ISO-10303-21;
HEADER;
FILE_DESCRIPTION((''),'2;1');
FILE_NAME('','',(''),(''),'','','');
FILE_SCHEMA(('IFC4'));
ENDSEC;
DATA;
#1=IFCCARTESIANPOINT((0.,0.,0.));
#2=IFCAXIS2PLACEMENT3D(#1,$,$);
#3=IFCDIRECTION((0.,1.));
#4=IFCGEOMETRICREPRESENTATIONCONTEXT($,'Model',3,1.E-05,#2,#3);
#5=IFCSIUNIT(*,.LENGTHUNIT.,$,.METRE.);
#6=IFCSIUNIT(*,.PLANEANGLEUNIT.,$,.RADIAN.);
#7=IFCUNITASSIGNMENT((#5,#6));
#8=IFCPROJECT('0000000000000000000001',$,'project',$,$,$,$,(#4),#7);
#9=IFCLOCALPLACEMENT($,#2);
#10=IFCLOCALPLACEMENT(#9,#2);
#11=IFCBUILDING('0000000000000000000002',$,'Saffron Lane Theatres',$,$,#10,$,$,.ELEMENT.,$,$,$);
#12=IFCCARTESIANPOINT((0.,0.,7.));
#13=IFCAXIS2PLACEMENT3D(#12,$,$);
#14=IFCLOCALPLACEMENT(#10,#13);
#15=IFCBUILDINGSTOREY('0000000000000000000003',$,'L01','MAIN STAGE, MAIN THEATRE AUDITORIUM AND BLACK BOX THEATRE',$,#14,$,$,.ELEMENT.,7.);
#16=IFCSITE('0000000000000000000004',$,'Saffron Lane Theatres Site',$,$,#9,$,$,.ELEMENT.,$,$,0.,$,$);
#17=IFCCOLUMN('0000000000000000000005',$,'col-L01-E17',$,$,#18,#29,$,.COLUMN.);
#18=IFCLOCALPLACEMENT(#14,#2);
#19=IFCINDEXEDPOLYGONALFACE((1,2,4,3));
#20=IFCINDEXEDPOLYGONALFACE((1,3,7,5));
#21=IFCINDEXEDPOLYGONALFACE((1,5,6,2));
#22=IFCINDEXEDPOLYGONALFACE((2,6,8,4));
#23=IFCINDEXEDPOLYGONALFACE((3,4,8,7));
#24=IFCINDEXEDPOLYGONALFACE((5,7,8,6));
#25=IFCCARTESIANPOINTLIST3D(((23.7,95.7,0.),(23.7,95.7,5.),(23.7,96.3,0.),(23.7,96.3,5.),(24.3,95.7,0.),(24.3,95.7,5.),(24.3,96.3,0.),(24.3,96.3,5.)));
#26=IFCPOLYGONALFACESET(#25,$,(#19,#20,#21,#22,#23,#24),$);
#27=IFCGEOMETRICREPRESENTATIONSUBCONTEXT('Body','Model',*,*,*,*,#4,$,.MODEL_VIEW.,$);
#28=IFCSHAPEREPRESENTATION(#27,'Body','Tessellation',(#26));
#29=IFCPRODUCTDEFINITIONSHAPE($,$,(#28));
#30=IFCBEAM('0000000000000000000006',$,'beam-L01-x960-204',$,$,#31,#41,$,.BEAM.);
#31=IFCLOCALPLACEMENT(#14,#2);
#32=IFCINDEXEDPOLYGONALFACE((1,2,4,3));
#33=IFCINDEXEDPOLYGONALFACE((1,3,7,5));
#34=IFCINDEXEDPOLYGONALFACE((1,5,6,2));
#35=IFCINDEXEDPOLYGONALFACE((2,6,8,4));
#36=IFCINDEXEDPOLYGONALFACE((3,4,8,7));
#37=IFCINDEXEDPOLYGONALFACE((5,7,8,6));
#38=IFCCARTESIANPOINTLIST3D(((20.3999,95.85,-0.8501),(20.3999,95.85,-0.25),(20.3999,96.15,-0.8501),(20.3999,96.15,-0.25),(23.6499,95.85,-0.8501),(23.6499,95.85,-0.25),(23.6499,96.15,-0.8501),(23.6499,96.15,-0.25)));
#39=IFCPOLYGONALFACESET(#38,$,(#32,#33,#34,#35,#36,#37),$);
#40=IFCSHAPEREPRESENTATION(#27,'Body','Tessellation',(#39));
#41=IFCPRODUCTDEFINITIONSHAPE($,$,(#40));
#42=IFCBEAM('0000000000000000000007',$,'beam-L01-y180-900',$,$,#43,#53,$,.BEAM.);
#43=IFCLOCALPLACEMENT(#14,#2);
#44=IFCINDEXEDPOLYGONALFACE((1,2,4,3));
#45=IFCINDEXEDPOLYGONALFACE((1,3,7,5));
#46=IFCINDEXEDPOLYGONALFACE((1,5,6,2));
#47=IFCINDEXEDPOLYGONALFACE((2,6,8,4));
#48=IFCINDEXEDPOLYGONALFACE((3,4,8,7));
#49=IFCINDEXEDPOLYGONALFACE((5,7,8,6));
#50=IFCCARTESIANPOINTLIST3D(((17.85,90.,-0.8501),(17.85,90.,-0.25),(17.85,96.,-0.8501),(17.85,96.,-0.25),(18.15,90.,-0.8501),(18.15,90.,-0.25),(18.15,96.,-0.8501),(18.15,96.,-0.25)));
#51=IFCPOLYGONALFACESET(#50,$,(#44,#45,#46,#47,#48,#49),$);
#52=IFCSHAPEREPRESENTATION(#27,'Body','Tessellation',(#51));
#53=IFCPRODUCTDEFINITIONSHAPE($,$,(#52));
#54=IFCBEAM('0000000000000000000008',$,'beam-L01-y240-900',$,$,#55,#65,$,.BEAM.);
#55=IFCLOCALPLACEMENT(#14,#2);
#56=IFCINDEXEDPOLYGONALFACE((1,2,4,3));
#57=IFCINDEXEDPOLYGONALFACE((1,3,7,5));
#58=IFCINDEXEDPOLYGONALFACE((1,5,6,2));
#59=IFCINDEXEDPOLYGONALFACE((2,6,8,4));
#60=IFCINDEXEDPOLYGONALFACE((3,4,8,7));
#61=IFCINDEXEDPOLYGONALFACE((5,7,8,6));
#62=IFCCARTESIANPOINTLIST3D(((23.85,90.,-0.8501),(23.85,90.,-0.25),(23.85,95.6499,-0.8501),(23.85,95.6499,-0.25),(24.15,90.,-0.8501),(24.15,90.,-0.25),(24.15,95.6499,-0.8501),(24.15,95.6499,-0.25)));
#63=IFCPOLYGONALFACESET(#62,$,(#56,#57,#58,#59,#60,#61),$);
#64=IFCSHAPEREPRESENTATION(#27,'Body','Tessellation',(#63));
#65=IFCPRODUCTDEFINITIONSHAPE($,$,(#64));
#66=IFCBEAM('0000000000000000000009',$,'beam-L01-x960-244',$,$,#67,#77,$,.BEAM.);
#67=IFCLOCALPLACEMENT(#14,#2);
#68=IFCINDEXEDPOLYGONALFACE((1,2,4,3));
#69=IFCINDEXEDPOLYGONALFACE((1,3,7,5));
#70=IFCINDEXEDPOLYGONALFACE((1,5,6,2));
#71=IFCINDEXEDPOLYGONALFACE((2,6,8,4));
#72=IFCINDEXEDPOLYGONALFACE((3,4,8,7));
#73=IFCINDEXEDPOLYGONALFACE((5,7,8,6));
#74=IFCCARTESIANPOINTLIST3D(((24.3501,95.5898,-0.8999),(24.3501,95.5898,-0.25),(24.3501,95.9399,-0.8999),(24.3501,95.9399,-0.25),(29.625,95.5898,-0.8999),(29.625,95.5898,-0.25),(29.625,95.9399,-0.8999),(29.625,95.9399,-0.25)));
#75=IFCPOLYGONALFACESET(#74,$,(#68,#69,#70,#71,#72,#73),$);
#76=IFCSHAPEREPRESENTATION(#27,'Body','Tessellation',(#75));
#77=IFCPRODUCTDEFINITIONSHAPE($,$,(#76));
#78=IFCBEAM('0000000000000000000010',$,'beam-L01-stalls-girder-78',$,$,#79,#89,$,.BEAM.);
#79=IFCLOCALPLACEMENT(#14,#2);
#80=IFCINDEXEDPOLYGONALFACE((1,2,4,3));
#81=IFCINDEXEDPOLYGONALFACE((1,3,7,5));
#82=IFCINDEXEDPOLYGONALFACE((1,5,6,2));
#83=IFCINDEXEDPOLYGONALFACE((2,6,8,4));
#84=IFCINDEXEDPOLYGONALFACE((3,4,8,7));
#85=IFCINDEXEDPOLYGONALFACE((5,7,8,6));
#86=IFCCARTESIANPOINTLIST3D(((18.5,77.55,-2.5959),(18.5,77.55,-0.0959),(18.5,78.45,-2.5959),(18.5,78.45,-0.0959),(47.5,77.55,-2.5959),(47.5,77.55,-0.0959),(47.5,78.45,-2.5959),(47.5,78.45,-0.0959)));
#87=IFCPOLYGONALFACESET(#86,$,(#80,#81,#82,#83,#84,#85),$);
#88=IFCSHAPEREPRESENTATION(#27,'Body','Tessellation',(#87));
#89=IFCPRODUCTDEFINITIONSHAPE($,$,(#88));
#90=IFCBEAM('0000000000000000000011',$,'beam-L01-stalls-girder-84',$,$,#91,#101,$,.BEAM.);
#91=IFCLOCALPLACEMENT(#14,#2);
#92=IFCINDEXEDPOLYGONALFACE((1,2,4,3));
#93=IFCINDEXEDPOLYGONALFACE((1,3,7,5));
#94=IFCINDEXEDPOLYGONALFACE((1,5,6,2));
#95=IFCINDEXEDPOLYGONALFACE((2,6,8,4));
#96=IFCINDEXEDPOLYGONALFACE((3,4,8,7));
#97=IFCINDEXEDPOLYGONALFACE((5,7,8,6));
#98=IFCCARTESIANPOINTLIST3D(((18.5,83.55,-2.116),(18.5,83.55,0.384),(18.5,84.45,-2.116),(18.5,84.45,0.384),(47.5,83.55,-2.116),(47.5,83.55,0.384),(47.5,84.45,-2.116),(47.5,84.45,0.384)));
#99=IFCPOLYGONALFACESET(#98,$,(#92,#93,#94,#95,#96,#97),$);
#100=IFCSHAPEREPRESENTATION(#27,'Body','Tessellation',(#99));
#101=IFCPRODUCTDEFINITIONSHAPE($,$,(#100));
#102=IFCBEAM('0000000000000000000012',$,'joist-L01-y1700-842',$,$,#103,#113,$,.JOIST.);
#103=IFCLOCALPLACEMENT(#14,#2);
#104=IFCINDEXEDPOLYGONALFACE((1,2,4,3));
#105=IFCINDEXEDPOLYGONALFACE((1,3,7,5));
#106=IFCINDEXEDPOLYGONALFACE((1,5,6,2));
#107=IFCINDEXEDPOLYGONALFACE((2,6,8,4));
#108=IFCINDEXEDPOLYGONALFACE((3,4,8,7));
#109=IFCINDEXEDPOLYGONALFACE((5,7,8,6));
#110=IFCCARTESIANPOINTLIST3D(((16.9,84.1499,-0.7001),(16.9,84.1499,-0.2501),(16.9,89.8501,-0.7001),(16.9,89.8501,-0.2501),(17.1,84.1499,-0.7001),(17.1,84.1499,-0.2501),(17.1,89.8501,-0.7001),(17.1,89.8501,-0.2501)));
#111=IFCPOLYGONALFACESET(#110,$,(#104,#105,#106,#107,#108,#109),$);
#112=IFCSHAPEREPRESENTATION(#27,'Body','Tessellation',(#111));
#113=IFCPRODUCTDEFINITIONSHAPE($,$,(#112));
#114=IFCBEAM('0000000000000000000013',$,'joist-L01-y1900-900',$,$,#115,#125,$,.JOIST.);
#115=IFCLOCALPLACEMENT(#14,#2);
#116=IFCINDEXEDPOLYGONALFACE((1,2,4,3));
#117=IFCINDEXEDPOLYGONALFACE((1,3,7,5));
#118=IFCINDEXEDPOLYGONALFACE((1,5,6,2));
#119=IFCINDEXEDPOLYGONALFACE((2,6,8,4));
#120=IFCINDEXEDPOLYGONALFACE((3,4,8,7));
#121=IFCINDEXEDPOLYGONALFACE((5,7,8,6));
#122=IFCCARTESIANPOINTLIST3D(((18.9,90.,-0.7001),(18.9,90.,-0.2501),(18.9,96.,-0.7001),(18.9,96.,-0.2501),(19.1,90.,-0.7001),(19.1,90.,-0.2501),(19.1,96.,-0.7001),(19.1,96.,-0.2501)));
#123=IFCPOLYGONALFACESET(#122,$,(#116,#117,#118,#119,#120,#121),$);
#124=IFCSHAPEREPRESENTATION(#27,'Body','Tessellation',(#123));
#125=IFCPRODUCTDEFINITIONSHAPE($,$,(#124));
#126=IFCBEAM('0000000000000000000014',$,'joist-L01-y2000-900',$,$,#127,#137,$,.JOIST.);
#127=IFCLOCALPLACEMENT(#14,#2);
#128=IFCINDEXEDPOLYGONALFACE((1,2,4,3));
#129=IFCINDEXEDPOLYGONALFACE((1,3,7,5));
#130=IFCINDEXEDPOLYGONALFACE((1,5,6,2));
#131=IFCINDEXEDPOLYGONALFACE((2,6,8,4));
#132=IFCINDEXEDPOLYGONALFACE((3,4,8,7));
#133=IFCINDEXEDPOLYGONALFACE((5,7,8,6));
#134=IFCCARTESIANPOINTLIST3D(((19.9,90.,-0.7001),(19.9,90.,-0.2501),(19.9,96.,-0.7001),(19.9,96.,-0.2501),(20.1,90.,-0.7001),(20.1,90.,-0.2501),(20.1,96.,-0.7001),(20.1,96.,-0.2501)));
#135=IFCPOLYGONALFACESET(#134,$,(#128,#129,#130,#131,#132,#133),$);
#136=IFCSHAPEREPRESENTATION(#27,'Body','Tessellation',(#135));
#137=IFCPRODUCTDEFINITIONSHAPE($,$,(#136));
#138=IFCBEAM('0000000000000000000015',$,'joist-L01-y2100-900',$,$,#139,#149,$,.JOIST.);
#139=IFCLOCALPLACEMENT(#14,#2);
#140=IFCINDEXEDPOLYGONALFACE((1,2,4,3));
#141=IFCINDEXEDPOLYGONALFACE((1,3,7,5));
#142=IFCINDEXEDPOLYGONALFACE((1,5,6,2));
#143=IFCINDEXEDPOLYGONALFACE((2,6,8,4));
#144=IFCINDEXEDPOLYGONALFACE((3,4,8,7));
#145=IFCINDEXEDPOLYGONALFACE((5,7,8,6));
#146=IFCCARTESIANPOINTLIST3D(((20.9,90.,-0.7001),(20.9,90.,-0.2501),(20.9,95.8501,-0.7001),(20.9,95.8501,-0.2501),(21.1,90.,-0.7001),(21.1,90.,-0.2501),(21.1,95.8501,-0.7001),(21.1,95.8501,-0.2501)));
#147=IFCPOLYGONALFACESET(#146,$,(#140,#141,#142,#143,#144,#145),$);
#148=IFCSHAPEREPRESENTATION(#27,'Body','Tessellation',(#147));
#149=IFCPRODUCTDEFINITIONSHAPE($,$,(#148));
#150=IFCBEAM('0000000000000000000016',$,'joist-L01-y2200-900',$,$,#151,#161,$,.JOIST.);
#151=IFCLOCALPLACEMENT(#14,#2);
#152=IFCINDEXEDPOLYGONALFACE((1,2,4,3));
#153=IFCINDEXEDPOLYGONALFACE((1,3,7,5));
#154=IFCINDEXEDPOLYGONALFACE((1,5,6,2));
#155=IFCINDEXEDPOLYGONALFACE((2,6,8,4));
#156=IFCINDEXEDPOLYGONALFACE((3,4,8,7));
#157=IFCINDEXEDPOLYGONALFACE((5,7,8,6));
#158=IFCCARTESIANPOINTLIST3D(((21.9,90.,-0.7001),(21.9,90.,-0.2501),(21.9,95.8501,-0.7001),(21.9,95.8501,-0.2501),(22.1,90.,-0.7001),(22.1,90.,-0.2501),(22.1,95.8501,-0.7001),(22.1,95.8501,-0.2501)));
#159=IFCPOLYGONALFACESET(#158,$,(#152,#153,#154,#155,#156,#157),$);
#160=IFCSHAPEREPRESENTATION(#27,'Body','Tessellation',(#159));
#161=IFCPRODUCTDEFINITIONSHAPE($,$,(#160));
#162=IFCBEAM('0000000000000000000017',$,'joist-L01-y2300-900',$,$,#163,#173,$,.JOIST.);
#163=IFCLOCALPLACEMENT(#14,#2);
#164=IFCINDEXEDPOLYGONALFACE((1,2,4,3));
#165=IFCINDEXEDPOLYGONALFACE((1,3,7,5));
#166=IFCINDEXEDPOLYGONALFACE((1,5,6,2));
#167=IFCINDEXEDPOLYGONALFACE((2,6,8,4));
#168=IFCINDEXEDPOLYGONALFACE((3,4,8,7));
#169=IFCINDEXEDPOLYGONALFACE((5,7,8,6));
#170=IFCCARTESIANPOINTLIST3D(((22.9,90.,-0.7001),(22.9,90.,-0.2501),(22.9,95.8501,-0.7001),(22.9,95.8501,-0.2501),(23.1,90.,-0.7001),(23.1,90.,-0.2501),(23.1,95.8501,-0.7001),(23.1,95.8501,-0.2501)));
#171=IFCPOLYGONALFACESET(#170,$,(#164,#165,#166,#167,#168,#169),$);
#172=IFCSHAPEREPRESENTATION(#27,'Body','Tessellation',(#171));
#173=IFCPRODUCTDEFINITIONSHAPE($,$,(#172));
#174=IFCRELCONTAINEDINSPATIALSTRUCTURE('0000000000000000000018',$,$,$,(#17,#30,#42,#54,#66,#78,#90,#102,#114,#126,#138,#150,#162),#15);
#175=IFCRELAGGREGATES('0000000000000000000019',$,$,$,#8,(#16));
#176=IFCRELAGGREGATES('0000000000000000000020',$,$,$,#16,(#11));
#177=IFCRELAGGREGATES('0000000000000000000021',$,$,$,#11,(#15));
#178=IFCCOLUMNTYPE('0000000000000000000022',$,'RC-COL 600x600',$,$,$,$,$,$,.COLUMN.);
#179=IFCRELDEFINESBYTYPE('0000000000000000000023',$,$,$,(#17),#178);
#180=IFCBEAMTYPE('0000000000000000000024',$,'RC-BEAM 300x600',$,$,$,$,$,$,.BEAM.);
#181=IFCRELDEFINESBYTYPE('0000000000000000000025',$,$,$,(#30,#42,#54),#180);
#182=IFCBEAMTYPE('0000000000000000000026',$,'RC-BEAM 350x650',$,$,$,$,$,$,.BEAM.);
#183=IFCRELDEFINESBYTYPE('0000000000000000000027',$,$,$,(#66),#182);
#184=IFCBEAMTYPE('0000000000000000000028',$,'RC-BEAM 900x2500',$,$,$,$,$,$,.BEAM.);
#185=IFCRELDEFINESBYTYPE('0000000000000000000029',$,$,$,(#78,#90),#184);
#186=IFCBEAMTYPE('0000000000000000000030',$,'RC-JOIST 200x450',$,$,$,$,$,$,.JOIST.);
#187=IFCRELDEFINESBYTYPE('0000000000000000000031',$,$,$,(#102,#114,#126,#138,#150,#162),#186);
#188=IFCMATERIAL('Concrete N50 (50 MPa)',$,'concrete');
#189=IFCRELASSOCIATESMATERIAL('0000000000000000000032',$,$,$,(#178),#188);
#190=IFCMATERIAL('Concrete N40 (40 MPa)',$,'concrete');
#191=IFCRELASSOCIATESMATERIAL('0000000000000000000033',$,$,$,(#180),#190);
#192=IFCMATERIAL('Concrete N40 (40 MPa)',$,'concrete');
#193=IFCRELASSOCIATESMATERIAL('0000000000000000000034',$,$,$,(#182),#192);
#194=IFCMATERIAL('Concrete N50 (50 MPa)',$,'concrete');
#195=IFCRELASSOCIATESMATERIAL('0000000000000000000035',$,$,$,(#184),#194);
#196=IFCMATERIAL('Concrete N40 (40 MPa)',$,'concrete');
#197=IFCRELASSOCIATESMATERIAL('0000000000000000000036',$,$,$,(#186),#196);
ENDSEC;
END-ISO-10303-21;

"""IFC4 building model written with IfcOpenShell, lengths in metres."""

from ifc_helpers import new_model, si_unit, direction, frame, origin, origin_2d, place, context, subcontext, project, spatial, rectangle, extrude, material, material_profile, profile_set, type_object, element, save


model = new_model("IFC4")

# Units and contexts
model_context = context("Model", 3, precision=1e-05, world=origin(), true_north=direction((0.0, 1.0)))
body_context = subcontext(model_context, "Body", "Model", "MODEL_VIEW")
ifc_project = project(units=[si_unit("LENGTHUNIT", "METRE"), si_unit("PLANEANGLEUNIT", "RADIAN")], contexts=[model_context])

# Site, building, storey
site_placement = place(None, origin())
site = spatial("IfcSite", under=ifc_project, at=site_placement, Name="Saffron Lane Theatres Site", CompositionType="ELEMENT", RefElevation=0.0)
building_placement = place(site_placement, origin())
building = spatial("IfcBuilding", under=site, at=building_placement, Name="Saffron Lane Theatres", CompositionType="ELEMENT")
storey_placement = place(building_placement, frame((0.0, 0.0, 7.0)))
storey = spatial("IfcBuildingStorey", under=building, at=storey_placement, Name="L01", Description="MAIN STAGE, MAIN THEATRE AUDITORIUM AND BLACK BOX THEATRE", CompositionType="ELEMENT", Elevation=7.0)

# Column
ifc_material_1 = material(Name="Concrete N50 (50 MPa)", Category="concrete")
ifc_material_profile_1 = material_profile(ifc_material_1, rectangle(XDim=0.6001, YDim=0.6001, at=origin_2d()))
ifc_profile_set_1 = profile_set([ifc_material_profile_1], Name="Concrete N50 (50 MPa)")
column_type = type_object("IfcColumnType", Name="RC-COL 600x600", PredefinedType="COLUMN", material=ifc_profile_set_1)
column_placement = place(storey_placement, frame((24.0, 96.0, 0.0), z_axis=(0.0, 0.0, 1.0), x_axis=(1.0, 0.0, 0.0)))
element("IfcColumn", 1, at=column_placement, inside=storey, type_object=column_type, Name="col-L01-E17", PredefinedType="COLUMN", context=body_context, shape_type="SweptSolid", body=[
    extrude(rectangle(XDim=0.6001, YDim=0.6001, at=origin_2d()), origin(), (0.0, 0.0, 1.0), 5.0),
])

# Beams
ifc_material_2 = material(Name="Concrete N40 (40 MPa)", Category="concrete")
ifc_material_profile_2 = material_profile(ifc_material_2, rectangle(XDim=0.3, YDim=0.6001, at=origin_2d()))
ifc_profile_set_2 = profile_set([ifc_material_profile_2], Name="Concrete N40 (40 MPa)")
beam_type_1 = type_object("IfcBeamType", Name="RC-BEAM 300x600", PredefinedType="BEAM", material=ifc_profile_set_2)
beam_1_placement = place(storey_placement, frame((20.3999, 96.0, -0.55), z_axis=(1.0, 0.0, 0.0), x_axis=(0.0, 1.0, 0.0)))
element("IfcBeam", 2, at=beam_1_placement, inside=storey, type_object=beam_type_1, Name="beam-L01-x960-204", PredefinedType="BEAM", context=body_context, shape_type="SweptSolid", body=[
    extrude(rectangle(XDim=0.3, YDim=0.6001, at=origin_2d()), origin(), (0.0, 0.0, 1.0), 3.25),
])
beam_2_placement = place(storey_placement, frame((18.0, 90.0, -0.55), z_axis=(0.0, 1.0, 0.0), x_axis=(-1.0, 0.0, 0.0)))
element("IfcBeam", 3, at=beam_2_placement, inside=storey, type_object=beam_type_1, Name="beam-L01-y180-900", PredefinedType="BEAM", context=body_context, shape_type="SweptSolid", body=[
    extrude(rectangle(XDim=0.3, YDim=0.6001, at=origin_2d()), origin(), (0.0, 0.0, 1.0), 6.0),
])
beam_3_placement = place(storey_placement, frame((24.0, 90.0, -0.55), z_axis=(0.0, 1.0, 0.0), x_axis=(-1.0, 0.0, 0.0)))
element("IfcBeam", 4, at=beam_3_placement, inside=storey, type_object=beam_type_1, Name="beam-L01-y240-900", PredefinedType="BEAM", context=body_context, shape_type="SweptSolid", body=[
    extrude(rectangle(XDim=0.3, YDim=0.6001, at=origin_2d()), origin(), (0.0, 0.0, 1.0), 5.6499),
])
ifc_material_3 = material(Name="Concrete N40 (40 MPa)", Category="concrete")
ifc_material_profile_3 = material_profile(ifc_material_3, rectangle(XDim=0.3501, YDim=0.6499, at=origin_2d()))
ifc_profile_set_3 = profile_set([ifc_material_profile_3], Name="Concrete N40 (40 MPa)")
beam_type_2 = type_object("IfcBeamType", Name="RC-BEAM 350x650", PredefinedType="BEAM", material=ifc_profile_set_3)
beam_4_placement = place(storey_placement, frame((24.3501, 95.7649, -0.575), z_axis=(1.0, 0.0, 0.0), x_axis=(0.0, 1.0, 0.0)))
element("IfcBeam", 5, at=beam_4_placement, inside=storey, type_object=beam_type_2, Name="beam-L01-x960-244", PredefinedType="BEAM", context=body_context, shape_type="SweptSolid", body=[
    extrude(rectangle(XDim=0.3501, YDim=0.6499, at=origin_2d()), origin(), (0.0, 0.0, 1.0), 5.2749),
])
ifc_material_4 = material(Name="Concrete N50 (50 MPa)", Category="concrete")
ifc_material_profile_4 = material_profile(ifc_material_4, rectangle(XDim=0.8999, YDim=2.5, at=origin_2d()))
ifc_profile_set_4 = profile_set([ifc_material_profile_4], Name="Concrete N50 (50 MPa)")
beam_type_3 = type_object("IfcBeamType", Name="RC-BEAM 900x2500", PredefinedType="BEAM", material=ifc_profile_set_4)
for number, where, z_axis, x_axis, name in (
    (6, (18.5, 78.0, -1.3459), (1.0, 0.0, 0.0), (0.0, 1.0, 0.0), "beam-L01-stalls-girder-78"),
    (7, (18.5, 84.0, -0.866), (1.0, 0.0, 0.0), (0.0, 1.0, 0.0), "beam-L01-stalls-girder-84"),
):
    element("IfcBeam", number, at=place(storey_placement, frame(where, z_axis=z_axis, x_axis=x_axis)), inside=storey, type_object=beam_type_3, Name=name, PredefinedType="BEAM", context=body_context, shape_type="SweptSolid", body=[
        extrude(rectangle(XDim=0.8999, YDim=2.5, at=origin_2d()), origin(), (0.0, 0.0, 1.0), 29.0),
    ])
ifc_material_5 = material(Name="Concrete N40 (40 MPa)", Category="concrete")
ifc_material_profile_5 = material_profile(ifc_material_5, rectangle(XDim=0.2, YDim=0.45, at=origin_2d()))
ifc_profile_set_5 = profile_set([ifc_material_profile_5], Name="Concrete N40 (40 MPa)")
beam_type_4 = type_object("IfcBeamType", Name="RC-JOIST 200x450", PredefinedType="JOIST", material=ifc_profile_set_5)
beam_5_placement = place(storey_placement, frame((17.0, 84.1499, -0.4751), z_axis=(0.0, 1.0, 0.0), x_axis=(-1.0, 0.0, 0.0)))
element("IfcBeam", 8, at=beam_5_placement, inside=storey, type_object=beam_type_4, Name="joist-L01-y1700-842", PredefinedType="JOIST", context=body_context, shape_type="SweptSolid", body=[
    extrude(rectangle(XDim=0.2, YDim=0.45, at=origin_2d()), origin(), (0.0, 0.0, 1.0), 5.7002),
])
for number, where, z_axis, x_axis, name in (
    (9, (19.0, 90.0, -0.4751), (0.0, 1.0, 0.0), (-1.0, 0.0, 0.0), "joist-L01-y1900-900"),
    (10, (20.0, 90.0, -0.4751), (0.0, 1.0, 0.0), (-1.0, 0.0, 0.0), "joist-L01-y2000-900"),
):
    element("IfcBeam", number, at=place(storey_placement, frame(where, z_axis=z_axis, x_axis=x_axis)), inside=storey, type_object=beam_type_4, Name=name, PredefinedType="JOIST", context=body_context, shape_type="SweptSolid", body=[
        extrude(rectangle(XDim=0.2, YDim=0.45, at=origin_2d()), origin(), (0.0, 0.0, 1.0), 6.0),
    ])
for number, where, z_axis, x_axis, name in (
    (11, (21.0, 90.0, -0.4751), (0.0, 1.0, 0.0), (-1.0, 0.0, 0.0), "joist-L01-y2100-900"),
    (12, (22.0, 90.0, -0.4751), (0.0, 1.0, 0.0), (-1.0, 0.0, 0.0), "joist-L01-y2200-900"),
    (13, (23.0, 90.0, -0.4751), (0.0, 1.0, 0.0), (-1.0, 0.0, 0.0), "joist-L01-y2300-900"),
):
    element("IfcBeam", number, at=place(storey_placement, frame(where, z_axis=z_axis, x_axis=x_axis)), inside=storey, type_object=beam_type_4, Name=name, PredefinedType="JOIST", context=body_context, shape_type="SweptSolid", body=[
        extrude(rectangle(XDim=0.2, YDim=0.45, at=origin_2d()), origin(), (0.0, 0.0, 1.0), 5.8501),
    ])

save(model, "model.ifc")
